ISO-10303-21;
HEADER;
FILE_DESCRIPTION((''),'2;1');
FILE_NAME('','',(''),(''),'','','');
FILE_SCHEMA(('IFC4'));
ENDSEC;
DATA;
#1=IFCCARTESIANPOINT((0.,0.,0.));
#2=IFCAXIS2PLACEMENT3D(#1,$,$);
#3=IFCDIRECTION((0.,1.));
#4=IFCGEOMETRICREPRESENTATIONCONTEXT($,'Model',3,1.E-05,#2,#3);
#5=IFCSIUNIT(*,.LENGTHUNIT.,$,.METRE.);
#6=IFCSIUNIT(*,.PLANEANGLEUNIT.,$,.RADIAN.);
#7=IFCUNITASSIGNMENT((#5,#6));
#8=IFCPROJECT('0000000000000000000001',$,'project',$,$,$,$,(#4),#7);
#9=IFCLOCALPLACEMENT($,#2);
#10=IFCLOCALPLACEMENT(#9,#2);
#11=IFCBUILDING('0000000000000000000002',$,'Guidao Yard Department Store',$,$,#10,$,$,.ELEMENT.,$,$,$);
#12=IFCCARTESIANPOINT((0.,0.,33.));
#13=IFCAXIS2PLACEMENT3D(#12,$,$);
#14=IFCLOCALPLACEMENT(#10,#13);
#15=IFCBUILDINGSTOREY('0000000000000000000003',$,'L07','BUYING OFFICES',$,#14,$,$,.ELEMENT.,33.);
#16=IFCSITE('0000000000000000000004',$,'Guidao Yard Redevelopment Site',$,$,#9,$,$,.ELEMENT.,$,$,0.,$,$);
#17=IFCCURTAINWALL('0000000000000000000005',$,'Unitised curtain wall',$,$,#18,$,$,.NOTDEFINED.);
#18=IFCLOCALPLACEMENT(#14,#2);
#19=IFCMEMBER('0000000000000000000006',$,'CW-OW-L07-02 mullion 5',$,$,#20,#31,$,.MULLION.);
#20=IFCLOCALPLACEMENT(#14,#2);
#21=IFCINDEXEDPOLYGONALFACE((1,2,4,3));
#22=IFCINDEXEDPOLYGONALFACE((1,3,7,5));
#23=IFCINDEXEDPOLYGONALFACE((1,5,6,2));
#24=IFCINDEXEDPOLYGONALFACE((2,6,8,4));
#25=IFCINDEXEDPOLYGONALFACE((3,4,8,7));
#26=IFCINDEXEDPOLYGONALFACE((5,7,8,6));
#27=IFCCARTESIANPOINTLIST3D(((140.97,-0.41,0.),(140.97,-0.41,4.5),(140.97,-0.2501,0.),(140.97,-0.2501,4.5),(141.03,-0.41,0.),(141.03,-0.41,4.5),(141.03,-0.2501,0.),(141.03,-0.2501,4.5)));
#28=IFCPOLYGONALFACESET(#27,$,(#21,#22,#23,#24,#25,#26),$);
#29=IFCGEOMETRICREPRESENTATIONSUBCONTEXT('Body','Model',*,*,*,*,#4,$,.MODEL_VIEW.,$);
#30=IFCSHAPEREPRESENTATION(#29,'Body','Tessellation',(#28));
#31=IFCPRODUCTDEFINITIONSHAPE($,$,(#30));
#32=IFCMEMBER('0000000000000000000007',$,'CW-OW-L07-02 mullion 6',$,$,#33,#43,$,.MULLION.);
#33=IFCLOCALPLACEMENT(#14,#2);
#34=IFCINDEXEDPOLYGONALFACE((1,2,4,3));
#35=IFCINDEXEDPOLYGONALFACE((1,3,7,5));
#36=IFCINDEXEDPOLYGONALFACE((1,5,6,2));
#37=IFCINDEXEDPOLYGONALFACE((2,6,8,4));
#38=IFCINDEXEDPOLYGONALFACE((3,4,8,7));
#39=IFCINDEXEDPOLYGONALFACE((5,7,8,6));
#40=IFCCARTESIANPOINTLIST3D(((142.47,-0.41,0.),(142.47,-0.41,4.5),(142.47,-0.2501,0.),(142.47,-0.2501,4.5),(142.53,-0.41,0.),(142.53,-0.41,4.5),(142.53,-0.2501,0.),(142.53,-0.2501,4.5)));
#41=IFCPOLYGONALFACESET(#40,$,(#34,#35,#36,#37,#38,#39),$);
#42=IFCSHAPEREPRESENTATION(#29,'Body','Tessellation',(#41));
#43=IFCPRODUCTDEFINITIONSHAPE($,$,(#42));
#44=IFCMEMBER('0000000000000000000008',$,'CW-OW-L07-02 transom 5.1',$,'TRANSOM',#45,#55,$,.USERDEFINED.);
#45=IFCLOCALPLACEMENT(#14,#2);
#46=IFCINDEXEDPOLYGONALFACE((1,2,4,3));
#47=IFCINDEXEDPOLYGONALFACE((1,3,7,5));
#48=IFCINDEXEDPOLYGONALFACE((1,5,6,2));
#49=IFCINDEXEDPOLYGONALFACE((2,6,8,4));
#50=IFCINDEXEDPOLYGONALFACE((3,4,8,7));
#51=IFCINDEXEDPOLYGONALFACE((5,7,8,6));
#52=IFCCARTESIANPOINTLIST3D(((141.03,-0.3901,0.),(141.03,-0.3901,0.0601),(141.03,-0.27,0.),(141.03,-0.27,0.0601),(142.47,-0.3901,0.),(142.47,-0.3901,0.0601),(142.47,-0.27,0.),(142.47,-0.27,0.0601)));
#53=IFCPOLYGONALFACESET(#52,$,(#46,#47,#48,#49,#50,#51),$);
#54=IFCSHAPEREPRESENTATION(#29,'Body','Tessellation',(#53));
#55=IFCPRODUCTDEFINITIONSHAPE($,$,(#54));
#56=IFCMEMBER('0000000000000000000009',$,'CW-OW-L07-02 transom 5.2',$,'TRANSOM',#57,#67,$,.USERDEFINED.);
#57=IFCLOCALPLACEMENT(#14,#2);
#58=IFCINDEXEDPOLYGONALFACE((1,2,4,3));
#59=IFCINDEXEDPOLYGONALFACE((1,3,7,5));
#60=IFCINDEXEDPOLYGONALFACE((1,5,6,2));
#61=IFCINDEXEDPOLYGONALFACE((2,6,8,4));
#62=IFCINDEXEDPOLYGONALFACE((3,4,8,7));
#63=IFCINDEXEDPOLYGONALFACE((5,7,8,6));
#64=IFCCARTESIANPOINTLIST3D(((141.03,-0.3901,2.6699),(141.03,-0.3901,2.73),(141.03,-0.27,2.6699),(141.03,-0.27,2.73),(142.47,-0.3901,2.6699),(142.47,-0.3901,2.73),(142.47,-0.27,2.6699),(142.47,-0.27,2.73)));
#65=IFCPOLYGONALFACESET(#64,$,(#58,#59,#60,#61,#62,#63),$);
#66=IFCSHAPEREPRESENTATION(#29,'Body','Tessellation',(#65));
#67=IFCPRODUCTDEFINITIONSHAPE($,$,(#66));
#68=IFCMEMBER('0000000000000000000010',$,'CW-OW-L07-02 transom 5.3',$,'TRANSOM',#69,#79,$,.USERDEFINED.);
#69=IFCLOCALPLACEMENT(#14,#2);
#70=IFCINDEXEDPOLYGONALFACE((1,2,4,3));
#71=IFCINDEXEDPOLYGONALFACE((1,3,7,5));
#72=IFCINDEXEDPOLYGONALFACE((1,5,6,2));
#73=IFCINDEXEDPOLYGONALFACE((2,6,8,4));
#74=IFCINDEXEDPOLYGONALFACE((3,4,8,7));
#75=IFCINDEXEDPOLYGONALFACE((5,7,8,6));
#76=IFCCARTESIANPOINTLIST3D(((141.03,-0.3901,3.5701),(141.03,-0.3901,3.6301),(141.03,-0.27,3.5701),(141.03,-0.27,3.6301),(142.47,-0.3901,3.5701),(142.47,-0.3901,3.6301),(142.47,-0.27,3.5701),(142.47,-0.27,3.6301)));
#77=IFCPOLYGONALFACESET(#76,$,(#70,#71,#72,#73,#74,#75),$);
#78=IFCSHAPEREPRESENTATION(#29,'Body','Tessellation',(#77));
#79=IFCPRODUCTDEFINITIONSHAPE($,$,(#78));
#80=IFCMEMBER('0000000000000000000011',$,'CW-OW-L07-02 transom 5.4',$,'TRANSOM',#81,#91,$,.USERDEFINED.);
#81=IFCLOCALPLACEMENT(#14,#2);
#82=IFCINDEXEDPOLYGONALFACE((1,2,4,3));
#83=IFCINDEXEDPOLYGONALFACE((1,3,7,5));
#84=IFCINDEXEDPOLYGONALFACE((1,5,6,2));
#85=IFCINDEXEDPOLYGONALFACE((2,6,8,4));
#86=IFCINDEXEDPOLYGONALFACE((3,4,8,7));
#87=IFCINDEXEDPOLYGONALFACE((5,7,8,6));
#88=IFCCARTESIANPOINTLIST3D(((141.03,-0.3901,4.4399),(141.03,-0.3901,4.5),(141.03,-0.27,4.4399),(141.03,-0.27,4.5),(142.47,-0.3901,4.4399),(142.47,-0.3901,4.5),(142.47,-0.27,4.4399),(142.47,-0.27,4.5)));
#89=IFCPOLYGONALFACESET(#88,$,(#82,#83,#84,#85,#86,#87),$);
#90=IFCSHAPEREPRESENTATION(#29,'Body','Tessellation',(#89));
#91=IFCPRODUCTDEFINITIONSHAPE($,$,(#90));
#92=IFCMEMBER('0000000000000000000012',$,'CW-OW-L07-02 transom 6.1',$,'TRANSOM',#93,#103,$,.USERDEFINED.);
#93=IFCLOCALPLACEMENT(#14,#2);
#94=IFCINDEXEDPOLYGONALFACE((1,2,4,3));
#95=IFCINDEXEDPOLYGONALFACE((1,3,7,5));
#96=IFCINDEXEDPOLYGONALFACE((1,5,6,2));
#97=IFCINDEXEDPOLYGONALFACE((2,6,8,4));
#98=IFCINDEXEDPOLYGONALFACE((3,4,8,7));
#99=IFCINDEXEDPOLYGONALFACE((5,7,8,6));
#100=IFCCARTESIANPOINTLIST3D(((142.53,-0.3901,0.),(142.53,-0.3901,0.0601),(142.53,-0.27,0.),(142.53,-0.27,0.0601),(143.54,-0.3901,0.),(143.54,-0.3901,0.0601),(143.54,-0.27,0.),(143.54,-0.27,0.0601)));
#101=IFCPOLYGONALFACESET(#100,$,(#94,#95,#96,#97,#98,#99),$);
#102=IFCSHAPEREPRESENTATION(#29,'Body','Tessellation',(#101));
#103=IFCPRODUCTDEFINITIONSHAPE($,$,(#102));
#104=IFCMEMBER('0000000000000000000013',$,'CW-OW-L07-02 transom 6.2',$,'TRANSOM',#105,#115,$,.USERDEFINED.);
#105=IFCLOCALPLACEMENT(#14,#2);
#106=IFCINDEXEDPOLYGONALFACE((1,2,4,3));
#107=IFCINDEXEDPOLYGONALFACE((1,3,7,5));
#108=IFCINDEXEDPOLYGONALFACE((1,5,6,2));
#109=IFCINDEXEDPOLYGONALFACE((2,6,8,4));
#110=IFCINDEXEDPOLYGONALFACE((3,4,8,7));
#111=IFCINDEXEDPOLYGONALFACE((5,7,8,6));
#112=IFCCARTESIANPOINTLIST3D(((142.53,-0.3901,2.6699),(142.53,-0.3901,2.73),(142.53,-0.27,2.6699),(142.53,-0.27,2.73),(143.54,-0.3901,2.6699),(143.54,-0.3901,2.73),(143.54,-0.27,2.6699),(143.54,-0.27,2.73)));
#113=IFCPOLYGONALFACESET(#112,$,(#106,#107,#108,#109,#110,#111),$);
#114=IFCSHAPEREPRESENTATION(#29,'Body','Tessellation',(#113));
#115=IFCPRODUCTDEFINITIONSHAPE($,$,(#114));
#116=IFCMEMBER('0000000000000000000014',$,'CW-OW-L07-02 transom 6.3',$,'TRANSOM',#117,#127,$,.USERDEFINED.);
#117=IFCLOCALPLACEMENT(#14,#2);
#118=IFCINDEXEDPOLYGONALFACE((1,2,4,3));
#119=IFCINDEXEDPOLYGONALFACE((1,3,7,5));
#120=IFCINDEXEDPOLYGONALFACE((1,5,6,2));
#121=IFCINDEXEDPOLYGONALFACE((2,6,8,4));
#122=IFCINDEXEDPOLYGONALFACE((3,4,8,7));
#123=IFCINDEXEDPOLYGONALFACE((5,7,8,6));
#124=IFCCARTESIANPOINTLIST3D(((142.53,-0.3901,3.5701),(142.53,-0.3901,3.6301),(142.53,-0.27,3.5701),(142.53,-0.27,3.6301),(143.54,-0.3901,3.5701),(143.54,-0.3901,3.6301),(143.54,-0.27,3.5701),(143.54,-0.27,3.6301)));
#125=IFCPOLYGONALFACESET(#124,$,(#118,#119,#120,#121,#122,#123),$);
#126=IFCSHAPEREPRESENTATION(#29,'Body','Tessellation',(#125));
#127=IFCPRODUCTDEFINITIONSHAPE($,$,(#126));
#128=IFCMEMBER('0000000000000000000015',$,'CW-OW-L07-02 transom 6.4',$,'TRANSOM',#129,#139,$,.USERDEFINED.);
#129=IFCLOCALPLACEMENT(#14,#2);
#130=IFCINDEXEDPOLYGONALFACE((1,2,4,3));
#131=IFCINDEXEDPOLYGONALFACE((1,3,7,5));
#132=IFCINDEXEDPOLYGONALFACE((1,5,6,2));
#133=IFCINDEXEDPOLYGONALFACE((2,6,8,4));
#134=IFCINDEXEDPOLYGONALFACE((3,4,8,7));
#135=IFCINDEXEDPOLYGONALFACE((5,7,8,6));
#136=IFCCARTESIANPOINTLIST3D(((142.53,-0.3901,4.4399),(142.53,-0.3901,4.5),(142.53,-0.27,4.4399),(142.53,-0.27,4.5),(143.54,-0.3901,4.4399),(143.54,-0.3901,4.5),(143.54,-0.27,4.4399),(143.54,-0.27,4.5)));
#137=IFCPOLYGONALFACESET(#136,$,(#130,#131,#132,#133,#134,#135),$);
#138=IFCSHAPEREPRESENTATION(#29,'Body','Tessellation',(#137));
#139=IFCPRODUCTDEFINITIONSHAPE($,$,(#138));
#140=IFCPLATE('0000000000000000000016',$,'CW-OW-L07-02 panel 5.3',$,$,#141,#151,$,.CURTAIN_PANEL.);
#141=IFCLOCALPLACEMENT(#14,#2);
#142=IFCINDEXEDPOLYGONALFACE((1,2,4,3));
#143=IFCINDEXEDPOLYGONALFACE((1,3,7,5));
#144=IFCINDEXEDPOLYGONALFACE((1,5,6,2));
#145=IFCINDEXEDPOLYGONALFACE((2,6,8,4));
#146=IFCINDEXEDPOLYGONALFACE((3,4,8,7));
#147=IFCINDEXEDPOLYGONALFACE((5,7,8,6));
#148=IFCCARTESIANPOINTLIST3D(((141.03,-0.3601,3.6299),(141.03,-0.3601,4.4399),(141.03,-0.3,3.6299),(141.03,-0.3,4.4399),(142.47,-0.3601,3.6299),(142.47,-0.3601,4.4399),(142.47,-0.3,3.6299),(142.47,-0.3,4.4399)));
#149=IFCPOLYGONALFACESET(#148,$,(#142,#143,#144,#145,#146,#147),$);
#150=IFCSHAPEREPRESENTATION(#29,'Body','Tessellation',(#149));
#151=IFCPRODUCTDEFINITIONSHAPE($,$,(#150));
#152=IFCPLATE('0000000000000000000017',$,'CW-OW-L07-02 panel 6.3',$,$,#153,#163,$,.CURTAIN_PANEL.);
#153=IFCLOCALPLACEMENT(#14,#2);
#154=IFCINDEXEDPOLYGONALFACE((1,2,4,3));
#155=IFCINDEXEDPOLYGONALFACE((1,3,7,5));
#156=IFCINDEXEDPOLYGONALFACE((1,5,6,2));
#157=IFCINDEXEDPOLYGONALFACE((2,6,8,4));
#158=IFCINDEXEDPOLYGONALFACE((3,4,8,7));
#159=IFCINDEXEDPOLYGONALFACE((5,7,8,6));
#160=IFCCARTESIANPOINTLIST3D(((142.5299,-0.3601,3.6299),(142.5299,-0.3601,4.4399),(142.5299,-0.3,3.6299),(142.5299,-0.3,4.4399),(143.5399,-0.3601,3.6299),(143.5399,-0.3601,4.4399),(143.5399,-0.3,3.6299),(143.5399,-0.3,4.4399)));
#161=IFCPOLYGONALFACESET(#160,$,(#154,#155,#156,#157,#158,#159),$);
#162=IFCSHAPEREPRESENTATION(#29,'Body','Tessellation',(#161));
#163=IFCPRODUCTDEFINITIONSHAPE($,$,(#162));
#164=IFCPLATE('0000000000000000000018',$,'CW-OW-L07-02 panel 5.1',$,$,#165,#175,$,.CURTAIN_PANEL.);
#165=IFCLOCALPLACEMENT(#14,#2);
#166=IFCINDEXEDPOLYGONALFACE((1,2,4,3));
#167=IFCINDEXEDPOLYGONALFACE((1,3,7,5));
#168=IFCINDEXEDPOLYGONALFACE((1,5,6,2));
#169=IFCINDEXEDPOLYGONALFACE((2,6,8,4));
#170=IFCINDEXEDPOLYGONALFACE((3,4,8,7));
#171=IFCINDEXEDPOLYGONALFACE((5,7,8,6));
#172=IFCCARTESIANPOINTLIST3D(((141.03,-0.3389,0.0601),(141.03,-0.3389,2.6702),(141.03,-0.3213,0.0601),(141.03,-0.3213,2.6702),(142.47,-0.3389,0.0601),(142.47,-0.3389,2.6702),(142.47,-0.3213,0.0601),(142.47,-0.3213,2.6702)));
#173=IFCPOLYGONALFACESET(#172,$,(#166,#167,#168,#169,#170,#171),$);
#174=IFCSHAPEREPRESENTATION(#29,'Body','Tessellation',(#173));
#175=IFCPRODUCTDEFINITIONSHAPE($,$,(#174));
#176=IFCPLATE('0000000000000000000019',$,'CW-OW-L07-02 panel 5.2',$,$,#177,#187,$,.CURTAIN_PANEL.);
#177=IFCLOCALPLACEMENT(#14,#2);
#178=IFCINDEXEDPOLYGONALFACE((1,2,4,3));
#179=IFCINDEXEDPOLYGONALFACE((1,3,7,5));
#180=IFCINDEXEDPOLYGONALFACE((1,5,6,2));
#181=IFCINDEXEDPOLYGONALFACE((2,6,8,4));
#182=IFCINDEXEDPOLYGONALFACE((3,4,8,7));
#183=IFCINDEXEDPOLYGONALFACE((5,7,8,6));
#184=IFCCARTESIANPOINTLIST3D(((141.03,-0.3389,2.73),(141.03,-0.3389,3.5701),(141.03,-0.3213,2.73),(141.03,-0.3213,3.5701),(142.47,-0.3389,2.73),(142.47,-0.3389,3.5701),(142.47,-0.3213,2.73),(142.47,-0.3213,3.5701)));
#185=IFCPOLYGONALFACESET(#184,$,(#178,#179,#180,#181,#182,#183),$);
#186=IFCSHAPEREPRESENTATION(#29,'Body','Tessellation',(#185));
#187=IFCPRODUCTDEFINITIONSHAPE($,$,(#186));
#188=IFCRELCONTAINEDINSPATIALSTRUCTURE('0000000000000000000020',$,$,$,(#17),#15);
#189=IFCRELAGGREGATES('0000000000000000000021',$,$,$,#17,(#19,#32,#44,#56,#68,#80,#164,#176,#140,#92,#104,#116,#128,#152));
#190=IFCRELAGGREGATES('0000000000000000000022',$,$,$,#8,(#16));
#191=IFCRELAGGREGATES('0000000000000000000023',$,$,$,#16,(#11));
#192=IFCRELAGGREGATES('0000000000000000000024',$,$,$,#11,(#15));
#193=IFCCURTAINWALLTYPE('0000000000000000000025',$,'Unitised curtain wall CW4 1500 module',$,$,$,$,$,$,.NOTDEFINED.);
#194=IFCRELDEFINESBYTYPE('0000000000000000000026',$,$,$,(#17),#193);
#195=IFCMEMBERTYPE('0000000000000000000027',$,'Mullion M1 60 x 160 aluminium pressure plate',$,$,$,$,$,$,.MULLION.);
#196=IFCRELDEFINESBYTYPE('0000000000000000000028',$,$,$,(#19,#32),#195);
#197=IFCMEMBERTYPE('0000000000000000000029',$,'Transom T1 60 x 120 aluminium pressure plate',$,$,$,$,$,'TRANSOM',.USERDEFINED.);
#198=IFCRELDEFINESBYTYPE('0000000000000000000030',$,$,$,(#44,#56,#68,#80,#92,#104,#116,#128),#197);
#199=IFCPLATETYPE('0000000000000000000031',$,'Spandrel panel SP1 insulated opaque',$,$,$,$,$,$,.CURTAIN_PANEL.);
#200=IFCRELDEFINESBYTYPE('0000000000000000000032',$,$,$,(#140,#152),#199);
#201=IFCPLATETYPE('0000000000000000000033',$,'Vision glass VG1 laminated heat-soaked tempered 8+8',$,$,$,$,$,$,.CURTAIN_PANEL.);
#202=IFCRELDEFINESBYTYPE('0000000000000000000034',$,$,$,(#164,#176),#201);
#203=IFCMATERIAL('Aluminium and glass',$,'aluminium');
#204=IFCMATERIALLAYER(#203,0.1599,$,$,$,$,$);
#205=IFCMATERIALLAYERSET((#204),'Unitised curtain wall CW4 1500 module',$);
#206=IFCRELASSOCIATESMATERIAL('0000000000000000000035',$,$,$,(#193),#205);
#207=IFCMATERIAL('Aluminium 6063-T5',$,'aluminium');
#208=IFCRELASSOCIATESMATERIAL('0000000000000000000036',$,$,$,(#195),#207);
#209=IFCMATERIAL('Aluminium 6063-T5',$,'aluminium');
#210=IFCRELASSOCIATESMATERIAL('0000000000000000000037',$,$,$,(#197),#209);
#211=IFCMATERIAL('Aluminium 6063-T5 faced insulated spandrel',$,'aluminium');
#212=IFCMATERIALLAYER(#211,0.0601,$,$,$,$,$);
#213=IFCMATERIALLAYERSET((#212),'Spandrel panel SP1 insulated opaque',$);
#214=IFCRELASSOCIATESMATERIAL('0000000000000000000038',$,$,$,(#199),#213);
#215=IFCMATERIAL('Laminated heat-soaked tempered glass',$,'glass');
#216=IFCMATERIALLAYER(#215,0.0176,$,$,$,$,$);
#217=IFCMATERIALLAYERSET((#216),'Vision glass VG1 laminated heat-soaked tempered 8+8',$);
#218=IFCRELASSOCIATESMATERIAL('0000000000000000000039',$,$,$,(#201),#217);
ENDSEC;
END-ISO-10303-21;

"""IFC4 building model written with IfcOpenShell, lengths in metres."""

from ifc_helpers import new_model, si_unit, direction, frame, origin, origin_2d, place, context, subcontext, project, spatial, rectangle, extrude, material, layer, layer_set, material_profile, profile_set, type_object, element, aggregate, save


model = new_model("IFC4")

# Units and contexts
model_context = context("Model", 3, precision=1e-05, world=origin(), true_north=direction((0.0, 1.0)))
body_context = subcontext(model_context, "Body", "Model", "MODEL_VIEW")
ifc_project = project(units=[si_unit("LENGTHUNIT", "METRE"), si_unit("PLANEANGLEUNIT", "RADIAN")], contexts=[model_context])

# Site, building, storey
site_placement = place(None, origin())
site = spatial("IfcSite", under=ifc_project, at=site_placement, Name="Guidao Yard Redevelopment Site", CompositionType="ELEMENT", RefElevation=0.0)
building_placement = place(site_placement, origin())
building = spatial("IfcBuilding", under=site, at=building_placement, Name="Guidao Yard Department Store", CompositionType="ELEMENT")
storey_placement = place(building_placement, frame((0.0, 0.0, 33.0)))
storey = spatial("IfcBuildingStorey", under=building, at=storey_placement, Name="L07", Description="BUYING OFFICES", CompositionType="ELEMENT", Elevation=33.0)

# Curtain wall, members, plates
ifc_material_1 = material(Name="Aluminium and glass", Category="aluminium")
ifc_layer_1 = layer(ifc_material_1, 0.1599)
ifc_layer_set_1 = layer_set([ifc_layer_1], Name="Unitised curtain wall CW4 1500 module")
curtain_wall_type = type_object("IfcCurtainWallType", Name="Unitised curtain wall CW4 1500 module", PredefinedType="NOTDEFINED", material=ifc_layer_set_1)
curtain_wall_placement = place(storey_placement, origin())
curtain_wall = element("IfcCurtainWall", 1, at=curtain_wall_placement, inside=storey, type_object=curtain_wall_type, Name="Unitised curtain wall", PredefinedType="NOTDEFINED")
ifc_material_2 = material(Name="Aluminium 6063-T5", Category="aluminium")
ifc_material_profile_1 = material_profile(ifc_material_2, rectangle(XDim=0.0601, YDim=0.1599, at=origin_2d()), Name="Mullion M1 60 x 160 aluminium pressure plate")
ifc_profile_set_1 = profile_set([ifc_material_profile_1], Name="Aluminium 6063-T5")
member_type_1 = type_object("IfcMemberType", Name="Mullion M1 60 x 160 aluminium pressure plate", PredefinedType="MULLION", material=ifc_profile_set_1)
member_1_placement = place(storey_placement, frame((141.0, -0.3301, 0.0), z_axis=(0.0, 0.0, 1.0), x_axis=(-1.0, 0.0, 0.0)))
member_1 = element("IfcMember", 2, at=member_1_placement, type_object=member_type_1, Name="CW-OW-L07-02 mullion 5", PredefinedType="MULLION", context=body_context, shape_type="SweptSolid", body=[
    extrude(rectangle(XDim=0.0601, YDim=0.1599, at=origin_2d()), origin(), (0.0, 0.0, 1.0), 4.5),
])
member_2_placement = place(storey_placement, frame((142.5, -0.3301, 0.0), z_axis=(0.0, 0.0, 1.0), x_axis=(-1.0, 0.0, 0.0)))
member_2 = element("IfcMember", 3, at=member_2_placement, type_object=member_type_1, Name="CW-OW-L07-02 mullion 6", PredefinedType="MULLION", context=body_context, shape_type="SweptSolid", body=[
    extrude(rectangle(XDim=0.0601, YDim=0.1599, at=origin_2d()), origin(), (0.0, 0.0, 1.0), 4.5),
])
ifc_material_3 = material(Name="Aluminium 6063-T5", Category="aluminium")
ifc_material_profile_2 = material_profile(ifc_material_3, rectangle(XDim=0.1201, YDim=0.0601, at=origin_2d()), Name="Transom T1 60 x 120 aluminium pressure plate")
ifc_profile_set_2 = profile_set([ifc_material_profile_2], Name="Aluminium 6063-T5")
member_type_2 = type_object("IfcMemberType", Name="Transom T1 60 x 120 aluminium pressure plate", ElementType="TRANSOM", PredefinedType="USERDEFINED", material=ifc_profile_set_2)
member_3_placement = place(storey_placement, frame((142.47, -0.3301, 0.03), z_axis=(-1.0, 0.0, 0.0), x_axis=(0.0, -1.0, 0.0)))
member_3 = element("IfcMember", 4, at=member_3_placement, type_object=member_type_2, Name="CW-OW-L07-02 transom 5.1", ObjectType="TRANSOM", PredefinedType="USERDEFINED", context=body_context, shape_type="SweptSolid", body=[
    extrude(rectangle(XDim=0.1201, YDim=0.0601, at=origin_2d()), origin(), (0.0, 0.0, 1.0), 1.4399),
])
member_4_placement = place(storey_placement, frame((142.47, -0.3301, 2.7), z_axis=(-1.0, 0.0, 0.0), x_axis=(0.0, -1.0, 0.0)))
member_4 = element("IfcMember", 5, at=member_4_placement, type_object=member_type_2, Name="CW-OW-L07-02 transom 5.2", ObjectType="TRANSOM", PredefinedType="USERDEFINED", context=body_context, shape_type="SweptSolid", body=[
    extrude(rectangle(XDim=0.1201, YDim=0.0601, at=origin_2d()), origin(), (0.0, 0.0, 1.0), 1.4399),
])
member_5_placement = place(storey_placement, frame((142.47, -0.3301, 3.6001), z_axis=(-1.0, 0.0, 0.0), x_axis=(0.0, -1.0, 0.0)))
member_5 = element("IfcMember", 6, at=member_5_placement, type_object=member_type_2, Name="CW-OW-L07-02 transom 5.3", ObjectType="TRANSOM", PredefinedType="USERDEFINED", context=body_context, shape_type="SweptSolid", body=[
    extrude(rectangle(XDim=0.1201, YDim=0.0601, at=origin_2d()), origin(), (0.0, 0.0, 1.0), 1.4399),
])
member_6_placement = place(storey_placement, frame((142.47, -0.3301, 4.47), z_axis=(-1.0, 0.0, 0.0), x_axis=(0.0, -1.0, 0.0)))
member_6 = element("IfcMember", 7, at=member_6_placement, type_object=member_type_2, Name="CW-OW-L07-02 transom 5.4", ObjectType="TRANSOM", PredefinedType="USERDEFINED", context=body_context, shape_type="SweptSolid", body=[
    extrude(rectangle(XDim=0.1201, YDim=0.0601, at=origin_2d()), origin(), (0.0, 0.0, 1.0), 1.4399),
])
member_7_placement = place(storey_placement, frame((143.54, -0.3301, 0.03), z_axis=(-1.0, 0.0, 0.0), x_axis=(0.0, -1.0, 0.0)))
member_7 = element("IfcMember", 8, at=member_7_placement, type_object=member_type_2, Name="CW-OW-L07-02 transom 6.1", ObjectType="TRANSOM", PredefinedType="USERDEFINED", context=body_context, shape_type="SweptSolid", body=[
    extrude(rectangle(XDim=0.1201, YDim=0.0601, at=origin_2d()), origin(), (0.0, 0.0, 1.0), 1.01),
])
member_8_placement = place(storey_placement, frame((143.54, -0.3301, 2.7), z_axis=(-1.0, 0.0, 0.0), x_axis=(0.0, -1.0, 0.0)))
member_8 = element("IfcMember", 9, at=member_8_placement, type_object=member_type_2, Name="CW-OW-L07-02 transom 6.2", ObjectType="TRANSOM", PredefinedType="USERDEFINED", context=body_context, shape_type="SweptSolid", body=[
    extrude(rectangle(XDim=0.1201, YDim=0.0601, at=origin_2d()), origin(), (0.0, 0.0, 1.0), 1.01),
])
member_9_placement = place(storey_placement, frame((143.54, -0.3301, 3.6001), z_axis=(-1.0, 0.0, 0.0), x_axis=(0.0, -1.0, 0.0)))
member_9 = element("IfcMember", 10, at=member_9_placement, type_object=member_type_2, Name="CW-OW-L07-02 transom 6.3", ObjectType="TRANSOM", PredefinedType="USERDEFINED", context=body_context, shape_type="SweptSolid", body=[
    extrude(rectangle(XDim=0.1201, YDim=0.0601, at=origin_2d()), origin(), (0.0, 0.0, 1.0), 1.01),
])
member_10_placement = place(storey_placement, frame((143.54, -0.3301, 4.47), z_axis=(-1.0, 0.0, 0.0), x_axis=(0.0, -1.0, 0.0)))
member_10 = element("IfcMember", 11, at=member_10_placement, type_object=member_type_2, Name="CW-OW-L07-02 transom 6.4", ObjectType="TRANSOM", PredefinedType="USERDEFINED", context=body_context, shape_type="SweptSolid", body=[
    extrude(rectangle(XDim=0.1201, YDim=0.0601, at=origin_2d()), origin(), (0.0, 0.0, 1.0), 1.01),
])
ifc_material_4 = material(Name="Aluminium 6063-T5 faced insulated spandrel", Category="aluminium")
ifc_layer_2 = layer(ifc_material_4, 0.0601)
ifc_layer_set_2 = layer_set([ifc_layer_2], Name="Spandrel panel SP1 insulated opaque")
plate_type_1 = type_object("IfcPlateType", Name="Spandrel panel SP1 insulated opaque", PredefinedType="CURTAIN_PANEL", material=ifc_layer_set_2)
plate_1_placement = place(storey_placement, frame((141.75, -0.3301, 3.6299), z_axis=(0.0, 0.0, 1.0), x_axis=(-1.0, 0.0, 0.0)))
plate_1 = element("IfcPlate", 12, at=plate_1_placement, type_object=plate_type_1, Name="CW-OW-L07-02 panel 5.3", PredefinedType="CURTAIN_PANEL", context=body_context, shape_type="SweptSolid", body=[
    extrude(rectangle(XDim=1.4399, YDim=0.0601, at=origin_2d()), origin(), (0.0, 0.0, 1.0), 0.8101),
])
plate_2_placement = place(storey_placement, frame((143.0349, -0.3301, 3.6299), z_axis=(0.0, 0.0, 1.0), x_axis=(-1.0, 0.0, 0.0)))
plate_2 = element("IfcPlate", 13, at=plate_2_placement, type_object=plate_type_1, Name="CW-OW-L07-02 panel 6.3", PredefinedType="CURTAIN_PANEL", context=body_context, shape_type="SweptSolid", body=[
    extrude(rectangle(XDim=1.01, YDim=0.0601, at=origin_2d()), origin(), (0.0, 0.0, 1.0), 0.8101),
])
ifc_material_5 = material(Name="Laminated heat-soaked tempered glass", Category="glass")
ifc_layer_3 = layer(ifc_material_5, 0.0176)
ifc_layer_set_3 = layer_set([ifc_layer_3], Name="Vision glass VG1 laminated heat-soaked tempered 8+8")
plate_type_2 = type_object("IfcPlateType", Name="Vision glass VG1 laminated heat-soaked tempered 8+8", PredefinedType="CURTAIN_PANEL", material=ifc_layer_set_3)
plate_3_placement = place(storey_placement, frame((141.75, -0.3301, 0.0601), z_axis=(0.0, 0.0, 1.0), x_axis=(-1.0, 0.0, 0.0)))
plate_3 = element("IfcPlate", 14, at=plate_3_placement, type_object=plate_type_2, Name="CW-OW-L07-02 panel 5.1", PredefinedType="CURTAIN_PANEL", context=body_context, shape_type="SweptSolid", body=[
    extrude(rectangle(XDim=1.4399, YDim=0.0176, at=origin_2d()), origin(), (0.0, 0.0, 1.0), 2.6101),
])
plate_4_placement = place(storey_placement, frame((141.75, -0.3301, 2.73), z_axis=(0.0, 0.0, 1.0), x_axis=(-1.0, 0.0, 0.0)))
plate_4 = element("IfcPlate", 15, at=plate_4_placement, type_object=plate_type_2, Name="CW-OW-L07-02 panel 5.2", PredefinedType="CURTAIN_PANEL", context=body_context, shape_type="SweptSolid", body=[
    extrude(rectangle(XDim=1.4399, YDim=0.0176, at=origin_2d()), origin(), (0.0, 0.0, 1.0), 0.8401),
])
aggregate(curtain_wall, [member_1, member_2, member_3, member_4, member_5, member_6, plate_3, plate_4, plate_1, member_7, member_8, member_9, member_10, plate_2])

save(model, "model.ifc")
